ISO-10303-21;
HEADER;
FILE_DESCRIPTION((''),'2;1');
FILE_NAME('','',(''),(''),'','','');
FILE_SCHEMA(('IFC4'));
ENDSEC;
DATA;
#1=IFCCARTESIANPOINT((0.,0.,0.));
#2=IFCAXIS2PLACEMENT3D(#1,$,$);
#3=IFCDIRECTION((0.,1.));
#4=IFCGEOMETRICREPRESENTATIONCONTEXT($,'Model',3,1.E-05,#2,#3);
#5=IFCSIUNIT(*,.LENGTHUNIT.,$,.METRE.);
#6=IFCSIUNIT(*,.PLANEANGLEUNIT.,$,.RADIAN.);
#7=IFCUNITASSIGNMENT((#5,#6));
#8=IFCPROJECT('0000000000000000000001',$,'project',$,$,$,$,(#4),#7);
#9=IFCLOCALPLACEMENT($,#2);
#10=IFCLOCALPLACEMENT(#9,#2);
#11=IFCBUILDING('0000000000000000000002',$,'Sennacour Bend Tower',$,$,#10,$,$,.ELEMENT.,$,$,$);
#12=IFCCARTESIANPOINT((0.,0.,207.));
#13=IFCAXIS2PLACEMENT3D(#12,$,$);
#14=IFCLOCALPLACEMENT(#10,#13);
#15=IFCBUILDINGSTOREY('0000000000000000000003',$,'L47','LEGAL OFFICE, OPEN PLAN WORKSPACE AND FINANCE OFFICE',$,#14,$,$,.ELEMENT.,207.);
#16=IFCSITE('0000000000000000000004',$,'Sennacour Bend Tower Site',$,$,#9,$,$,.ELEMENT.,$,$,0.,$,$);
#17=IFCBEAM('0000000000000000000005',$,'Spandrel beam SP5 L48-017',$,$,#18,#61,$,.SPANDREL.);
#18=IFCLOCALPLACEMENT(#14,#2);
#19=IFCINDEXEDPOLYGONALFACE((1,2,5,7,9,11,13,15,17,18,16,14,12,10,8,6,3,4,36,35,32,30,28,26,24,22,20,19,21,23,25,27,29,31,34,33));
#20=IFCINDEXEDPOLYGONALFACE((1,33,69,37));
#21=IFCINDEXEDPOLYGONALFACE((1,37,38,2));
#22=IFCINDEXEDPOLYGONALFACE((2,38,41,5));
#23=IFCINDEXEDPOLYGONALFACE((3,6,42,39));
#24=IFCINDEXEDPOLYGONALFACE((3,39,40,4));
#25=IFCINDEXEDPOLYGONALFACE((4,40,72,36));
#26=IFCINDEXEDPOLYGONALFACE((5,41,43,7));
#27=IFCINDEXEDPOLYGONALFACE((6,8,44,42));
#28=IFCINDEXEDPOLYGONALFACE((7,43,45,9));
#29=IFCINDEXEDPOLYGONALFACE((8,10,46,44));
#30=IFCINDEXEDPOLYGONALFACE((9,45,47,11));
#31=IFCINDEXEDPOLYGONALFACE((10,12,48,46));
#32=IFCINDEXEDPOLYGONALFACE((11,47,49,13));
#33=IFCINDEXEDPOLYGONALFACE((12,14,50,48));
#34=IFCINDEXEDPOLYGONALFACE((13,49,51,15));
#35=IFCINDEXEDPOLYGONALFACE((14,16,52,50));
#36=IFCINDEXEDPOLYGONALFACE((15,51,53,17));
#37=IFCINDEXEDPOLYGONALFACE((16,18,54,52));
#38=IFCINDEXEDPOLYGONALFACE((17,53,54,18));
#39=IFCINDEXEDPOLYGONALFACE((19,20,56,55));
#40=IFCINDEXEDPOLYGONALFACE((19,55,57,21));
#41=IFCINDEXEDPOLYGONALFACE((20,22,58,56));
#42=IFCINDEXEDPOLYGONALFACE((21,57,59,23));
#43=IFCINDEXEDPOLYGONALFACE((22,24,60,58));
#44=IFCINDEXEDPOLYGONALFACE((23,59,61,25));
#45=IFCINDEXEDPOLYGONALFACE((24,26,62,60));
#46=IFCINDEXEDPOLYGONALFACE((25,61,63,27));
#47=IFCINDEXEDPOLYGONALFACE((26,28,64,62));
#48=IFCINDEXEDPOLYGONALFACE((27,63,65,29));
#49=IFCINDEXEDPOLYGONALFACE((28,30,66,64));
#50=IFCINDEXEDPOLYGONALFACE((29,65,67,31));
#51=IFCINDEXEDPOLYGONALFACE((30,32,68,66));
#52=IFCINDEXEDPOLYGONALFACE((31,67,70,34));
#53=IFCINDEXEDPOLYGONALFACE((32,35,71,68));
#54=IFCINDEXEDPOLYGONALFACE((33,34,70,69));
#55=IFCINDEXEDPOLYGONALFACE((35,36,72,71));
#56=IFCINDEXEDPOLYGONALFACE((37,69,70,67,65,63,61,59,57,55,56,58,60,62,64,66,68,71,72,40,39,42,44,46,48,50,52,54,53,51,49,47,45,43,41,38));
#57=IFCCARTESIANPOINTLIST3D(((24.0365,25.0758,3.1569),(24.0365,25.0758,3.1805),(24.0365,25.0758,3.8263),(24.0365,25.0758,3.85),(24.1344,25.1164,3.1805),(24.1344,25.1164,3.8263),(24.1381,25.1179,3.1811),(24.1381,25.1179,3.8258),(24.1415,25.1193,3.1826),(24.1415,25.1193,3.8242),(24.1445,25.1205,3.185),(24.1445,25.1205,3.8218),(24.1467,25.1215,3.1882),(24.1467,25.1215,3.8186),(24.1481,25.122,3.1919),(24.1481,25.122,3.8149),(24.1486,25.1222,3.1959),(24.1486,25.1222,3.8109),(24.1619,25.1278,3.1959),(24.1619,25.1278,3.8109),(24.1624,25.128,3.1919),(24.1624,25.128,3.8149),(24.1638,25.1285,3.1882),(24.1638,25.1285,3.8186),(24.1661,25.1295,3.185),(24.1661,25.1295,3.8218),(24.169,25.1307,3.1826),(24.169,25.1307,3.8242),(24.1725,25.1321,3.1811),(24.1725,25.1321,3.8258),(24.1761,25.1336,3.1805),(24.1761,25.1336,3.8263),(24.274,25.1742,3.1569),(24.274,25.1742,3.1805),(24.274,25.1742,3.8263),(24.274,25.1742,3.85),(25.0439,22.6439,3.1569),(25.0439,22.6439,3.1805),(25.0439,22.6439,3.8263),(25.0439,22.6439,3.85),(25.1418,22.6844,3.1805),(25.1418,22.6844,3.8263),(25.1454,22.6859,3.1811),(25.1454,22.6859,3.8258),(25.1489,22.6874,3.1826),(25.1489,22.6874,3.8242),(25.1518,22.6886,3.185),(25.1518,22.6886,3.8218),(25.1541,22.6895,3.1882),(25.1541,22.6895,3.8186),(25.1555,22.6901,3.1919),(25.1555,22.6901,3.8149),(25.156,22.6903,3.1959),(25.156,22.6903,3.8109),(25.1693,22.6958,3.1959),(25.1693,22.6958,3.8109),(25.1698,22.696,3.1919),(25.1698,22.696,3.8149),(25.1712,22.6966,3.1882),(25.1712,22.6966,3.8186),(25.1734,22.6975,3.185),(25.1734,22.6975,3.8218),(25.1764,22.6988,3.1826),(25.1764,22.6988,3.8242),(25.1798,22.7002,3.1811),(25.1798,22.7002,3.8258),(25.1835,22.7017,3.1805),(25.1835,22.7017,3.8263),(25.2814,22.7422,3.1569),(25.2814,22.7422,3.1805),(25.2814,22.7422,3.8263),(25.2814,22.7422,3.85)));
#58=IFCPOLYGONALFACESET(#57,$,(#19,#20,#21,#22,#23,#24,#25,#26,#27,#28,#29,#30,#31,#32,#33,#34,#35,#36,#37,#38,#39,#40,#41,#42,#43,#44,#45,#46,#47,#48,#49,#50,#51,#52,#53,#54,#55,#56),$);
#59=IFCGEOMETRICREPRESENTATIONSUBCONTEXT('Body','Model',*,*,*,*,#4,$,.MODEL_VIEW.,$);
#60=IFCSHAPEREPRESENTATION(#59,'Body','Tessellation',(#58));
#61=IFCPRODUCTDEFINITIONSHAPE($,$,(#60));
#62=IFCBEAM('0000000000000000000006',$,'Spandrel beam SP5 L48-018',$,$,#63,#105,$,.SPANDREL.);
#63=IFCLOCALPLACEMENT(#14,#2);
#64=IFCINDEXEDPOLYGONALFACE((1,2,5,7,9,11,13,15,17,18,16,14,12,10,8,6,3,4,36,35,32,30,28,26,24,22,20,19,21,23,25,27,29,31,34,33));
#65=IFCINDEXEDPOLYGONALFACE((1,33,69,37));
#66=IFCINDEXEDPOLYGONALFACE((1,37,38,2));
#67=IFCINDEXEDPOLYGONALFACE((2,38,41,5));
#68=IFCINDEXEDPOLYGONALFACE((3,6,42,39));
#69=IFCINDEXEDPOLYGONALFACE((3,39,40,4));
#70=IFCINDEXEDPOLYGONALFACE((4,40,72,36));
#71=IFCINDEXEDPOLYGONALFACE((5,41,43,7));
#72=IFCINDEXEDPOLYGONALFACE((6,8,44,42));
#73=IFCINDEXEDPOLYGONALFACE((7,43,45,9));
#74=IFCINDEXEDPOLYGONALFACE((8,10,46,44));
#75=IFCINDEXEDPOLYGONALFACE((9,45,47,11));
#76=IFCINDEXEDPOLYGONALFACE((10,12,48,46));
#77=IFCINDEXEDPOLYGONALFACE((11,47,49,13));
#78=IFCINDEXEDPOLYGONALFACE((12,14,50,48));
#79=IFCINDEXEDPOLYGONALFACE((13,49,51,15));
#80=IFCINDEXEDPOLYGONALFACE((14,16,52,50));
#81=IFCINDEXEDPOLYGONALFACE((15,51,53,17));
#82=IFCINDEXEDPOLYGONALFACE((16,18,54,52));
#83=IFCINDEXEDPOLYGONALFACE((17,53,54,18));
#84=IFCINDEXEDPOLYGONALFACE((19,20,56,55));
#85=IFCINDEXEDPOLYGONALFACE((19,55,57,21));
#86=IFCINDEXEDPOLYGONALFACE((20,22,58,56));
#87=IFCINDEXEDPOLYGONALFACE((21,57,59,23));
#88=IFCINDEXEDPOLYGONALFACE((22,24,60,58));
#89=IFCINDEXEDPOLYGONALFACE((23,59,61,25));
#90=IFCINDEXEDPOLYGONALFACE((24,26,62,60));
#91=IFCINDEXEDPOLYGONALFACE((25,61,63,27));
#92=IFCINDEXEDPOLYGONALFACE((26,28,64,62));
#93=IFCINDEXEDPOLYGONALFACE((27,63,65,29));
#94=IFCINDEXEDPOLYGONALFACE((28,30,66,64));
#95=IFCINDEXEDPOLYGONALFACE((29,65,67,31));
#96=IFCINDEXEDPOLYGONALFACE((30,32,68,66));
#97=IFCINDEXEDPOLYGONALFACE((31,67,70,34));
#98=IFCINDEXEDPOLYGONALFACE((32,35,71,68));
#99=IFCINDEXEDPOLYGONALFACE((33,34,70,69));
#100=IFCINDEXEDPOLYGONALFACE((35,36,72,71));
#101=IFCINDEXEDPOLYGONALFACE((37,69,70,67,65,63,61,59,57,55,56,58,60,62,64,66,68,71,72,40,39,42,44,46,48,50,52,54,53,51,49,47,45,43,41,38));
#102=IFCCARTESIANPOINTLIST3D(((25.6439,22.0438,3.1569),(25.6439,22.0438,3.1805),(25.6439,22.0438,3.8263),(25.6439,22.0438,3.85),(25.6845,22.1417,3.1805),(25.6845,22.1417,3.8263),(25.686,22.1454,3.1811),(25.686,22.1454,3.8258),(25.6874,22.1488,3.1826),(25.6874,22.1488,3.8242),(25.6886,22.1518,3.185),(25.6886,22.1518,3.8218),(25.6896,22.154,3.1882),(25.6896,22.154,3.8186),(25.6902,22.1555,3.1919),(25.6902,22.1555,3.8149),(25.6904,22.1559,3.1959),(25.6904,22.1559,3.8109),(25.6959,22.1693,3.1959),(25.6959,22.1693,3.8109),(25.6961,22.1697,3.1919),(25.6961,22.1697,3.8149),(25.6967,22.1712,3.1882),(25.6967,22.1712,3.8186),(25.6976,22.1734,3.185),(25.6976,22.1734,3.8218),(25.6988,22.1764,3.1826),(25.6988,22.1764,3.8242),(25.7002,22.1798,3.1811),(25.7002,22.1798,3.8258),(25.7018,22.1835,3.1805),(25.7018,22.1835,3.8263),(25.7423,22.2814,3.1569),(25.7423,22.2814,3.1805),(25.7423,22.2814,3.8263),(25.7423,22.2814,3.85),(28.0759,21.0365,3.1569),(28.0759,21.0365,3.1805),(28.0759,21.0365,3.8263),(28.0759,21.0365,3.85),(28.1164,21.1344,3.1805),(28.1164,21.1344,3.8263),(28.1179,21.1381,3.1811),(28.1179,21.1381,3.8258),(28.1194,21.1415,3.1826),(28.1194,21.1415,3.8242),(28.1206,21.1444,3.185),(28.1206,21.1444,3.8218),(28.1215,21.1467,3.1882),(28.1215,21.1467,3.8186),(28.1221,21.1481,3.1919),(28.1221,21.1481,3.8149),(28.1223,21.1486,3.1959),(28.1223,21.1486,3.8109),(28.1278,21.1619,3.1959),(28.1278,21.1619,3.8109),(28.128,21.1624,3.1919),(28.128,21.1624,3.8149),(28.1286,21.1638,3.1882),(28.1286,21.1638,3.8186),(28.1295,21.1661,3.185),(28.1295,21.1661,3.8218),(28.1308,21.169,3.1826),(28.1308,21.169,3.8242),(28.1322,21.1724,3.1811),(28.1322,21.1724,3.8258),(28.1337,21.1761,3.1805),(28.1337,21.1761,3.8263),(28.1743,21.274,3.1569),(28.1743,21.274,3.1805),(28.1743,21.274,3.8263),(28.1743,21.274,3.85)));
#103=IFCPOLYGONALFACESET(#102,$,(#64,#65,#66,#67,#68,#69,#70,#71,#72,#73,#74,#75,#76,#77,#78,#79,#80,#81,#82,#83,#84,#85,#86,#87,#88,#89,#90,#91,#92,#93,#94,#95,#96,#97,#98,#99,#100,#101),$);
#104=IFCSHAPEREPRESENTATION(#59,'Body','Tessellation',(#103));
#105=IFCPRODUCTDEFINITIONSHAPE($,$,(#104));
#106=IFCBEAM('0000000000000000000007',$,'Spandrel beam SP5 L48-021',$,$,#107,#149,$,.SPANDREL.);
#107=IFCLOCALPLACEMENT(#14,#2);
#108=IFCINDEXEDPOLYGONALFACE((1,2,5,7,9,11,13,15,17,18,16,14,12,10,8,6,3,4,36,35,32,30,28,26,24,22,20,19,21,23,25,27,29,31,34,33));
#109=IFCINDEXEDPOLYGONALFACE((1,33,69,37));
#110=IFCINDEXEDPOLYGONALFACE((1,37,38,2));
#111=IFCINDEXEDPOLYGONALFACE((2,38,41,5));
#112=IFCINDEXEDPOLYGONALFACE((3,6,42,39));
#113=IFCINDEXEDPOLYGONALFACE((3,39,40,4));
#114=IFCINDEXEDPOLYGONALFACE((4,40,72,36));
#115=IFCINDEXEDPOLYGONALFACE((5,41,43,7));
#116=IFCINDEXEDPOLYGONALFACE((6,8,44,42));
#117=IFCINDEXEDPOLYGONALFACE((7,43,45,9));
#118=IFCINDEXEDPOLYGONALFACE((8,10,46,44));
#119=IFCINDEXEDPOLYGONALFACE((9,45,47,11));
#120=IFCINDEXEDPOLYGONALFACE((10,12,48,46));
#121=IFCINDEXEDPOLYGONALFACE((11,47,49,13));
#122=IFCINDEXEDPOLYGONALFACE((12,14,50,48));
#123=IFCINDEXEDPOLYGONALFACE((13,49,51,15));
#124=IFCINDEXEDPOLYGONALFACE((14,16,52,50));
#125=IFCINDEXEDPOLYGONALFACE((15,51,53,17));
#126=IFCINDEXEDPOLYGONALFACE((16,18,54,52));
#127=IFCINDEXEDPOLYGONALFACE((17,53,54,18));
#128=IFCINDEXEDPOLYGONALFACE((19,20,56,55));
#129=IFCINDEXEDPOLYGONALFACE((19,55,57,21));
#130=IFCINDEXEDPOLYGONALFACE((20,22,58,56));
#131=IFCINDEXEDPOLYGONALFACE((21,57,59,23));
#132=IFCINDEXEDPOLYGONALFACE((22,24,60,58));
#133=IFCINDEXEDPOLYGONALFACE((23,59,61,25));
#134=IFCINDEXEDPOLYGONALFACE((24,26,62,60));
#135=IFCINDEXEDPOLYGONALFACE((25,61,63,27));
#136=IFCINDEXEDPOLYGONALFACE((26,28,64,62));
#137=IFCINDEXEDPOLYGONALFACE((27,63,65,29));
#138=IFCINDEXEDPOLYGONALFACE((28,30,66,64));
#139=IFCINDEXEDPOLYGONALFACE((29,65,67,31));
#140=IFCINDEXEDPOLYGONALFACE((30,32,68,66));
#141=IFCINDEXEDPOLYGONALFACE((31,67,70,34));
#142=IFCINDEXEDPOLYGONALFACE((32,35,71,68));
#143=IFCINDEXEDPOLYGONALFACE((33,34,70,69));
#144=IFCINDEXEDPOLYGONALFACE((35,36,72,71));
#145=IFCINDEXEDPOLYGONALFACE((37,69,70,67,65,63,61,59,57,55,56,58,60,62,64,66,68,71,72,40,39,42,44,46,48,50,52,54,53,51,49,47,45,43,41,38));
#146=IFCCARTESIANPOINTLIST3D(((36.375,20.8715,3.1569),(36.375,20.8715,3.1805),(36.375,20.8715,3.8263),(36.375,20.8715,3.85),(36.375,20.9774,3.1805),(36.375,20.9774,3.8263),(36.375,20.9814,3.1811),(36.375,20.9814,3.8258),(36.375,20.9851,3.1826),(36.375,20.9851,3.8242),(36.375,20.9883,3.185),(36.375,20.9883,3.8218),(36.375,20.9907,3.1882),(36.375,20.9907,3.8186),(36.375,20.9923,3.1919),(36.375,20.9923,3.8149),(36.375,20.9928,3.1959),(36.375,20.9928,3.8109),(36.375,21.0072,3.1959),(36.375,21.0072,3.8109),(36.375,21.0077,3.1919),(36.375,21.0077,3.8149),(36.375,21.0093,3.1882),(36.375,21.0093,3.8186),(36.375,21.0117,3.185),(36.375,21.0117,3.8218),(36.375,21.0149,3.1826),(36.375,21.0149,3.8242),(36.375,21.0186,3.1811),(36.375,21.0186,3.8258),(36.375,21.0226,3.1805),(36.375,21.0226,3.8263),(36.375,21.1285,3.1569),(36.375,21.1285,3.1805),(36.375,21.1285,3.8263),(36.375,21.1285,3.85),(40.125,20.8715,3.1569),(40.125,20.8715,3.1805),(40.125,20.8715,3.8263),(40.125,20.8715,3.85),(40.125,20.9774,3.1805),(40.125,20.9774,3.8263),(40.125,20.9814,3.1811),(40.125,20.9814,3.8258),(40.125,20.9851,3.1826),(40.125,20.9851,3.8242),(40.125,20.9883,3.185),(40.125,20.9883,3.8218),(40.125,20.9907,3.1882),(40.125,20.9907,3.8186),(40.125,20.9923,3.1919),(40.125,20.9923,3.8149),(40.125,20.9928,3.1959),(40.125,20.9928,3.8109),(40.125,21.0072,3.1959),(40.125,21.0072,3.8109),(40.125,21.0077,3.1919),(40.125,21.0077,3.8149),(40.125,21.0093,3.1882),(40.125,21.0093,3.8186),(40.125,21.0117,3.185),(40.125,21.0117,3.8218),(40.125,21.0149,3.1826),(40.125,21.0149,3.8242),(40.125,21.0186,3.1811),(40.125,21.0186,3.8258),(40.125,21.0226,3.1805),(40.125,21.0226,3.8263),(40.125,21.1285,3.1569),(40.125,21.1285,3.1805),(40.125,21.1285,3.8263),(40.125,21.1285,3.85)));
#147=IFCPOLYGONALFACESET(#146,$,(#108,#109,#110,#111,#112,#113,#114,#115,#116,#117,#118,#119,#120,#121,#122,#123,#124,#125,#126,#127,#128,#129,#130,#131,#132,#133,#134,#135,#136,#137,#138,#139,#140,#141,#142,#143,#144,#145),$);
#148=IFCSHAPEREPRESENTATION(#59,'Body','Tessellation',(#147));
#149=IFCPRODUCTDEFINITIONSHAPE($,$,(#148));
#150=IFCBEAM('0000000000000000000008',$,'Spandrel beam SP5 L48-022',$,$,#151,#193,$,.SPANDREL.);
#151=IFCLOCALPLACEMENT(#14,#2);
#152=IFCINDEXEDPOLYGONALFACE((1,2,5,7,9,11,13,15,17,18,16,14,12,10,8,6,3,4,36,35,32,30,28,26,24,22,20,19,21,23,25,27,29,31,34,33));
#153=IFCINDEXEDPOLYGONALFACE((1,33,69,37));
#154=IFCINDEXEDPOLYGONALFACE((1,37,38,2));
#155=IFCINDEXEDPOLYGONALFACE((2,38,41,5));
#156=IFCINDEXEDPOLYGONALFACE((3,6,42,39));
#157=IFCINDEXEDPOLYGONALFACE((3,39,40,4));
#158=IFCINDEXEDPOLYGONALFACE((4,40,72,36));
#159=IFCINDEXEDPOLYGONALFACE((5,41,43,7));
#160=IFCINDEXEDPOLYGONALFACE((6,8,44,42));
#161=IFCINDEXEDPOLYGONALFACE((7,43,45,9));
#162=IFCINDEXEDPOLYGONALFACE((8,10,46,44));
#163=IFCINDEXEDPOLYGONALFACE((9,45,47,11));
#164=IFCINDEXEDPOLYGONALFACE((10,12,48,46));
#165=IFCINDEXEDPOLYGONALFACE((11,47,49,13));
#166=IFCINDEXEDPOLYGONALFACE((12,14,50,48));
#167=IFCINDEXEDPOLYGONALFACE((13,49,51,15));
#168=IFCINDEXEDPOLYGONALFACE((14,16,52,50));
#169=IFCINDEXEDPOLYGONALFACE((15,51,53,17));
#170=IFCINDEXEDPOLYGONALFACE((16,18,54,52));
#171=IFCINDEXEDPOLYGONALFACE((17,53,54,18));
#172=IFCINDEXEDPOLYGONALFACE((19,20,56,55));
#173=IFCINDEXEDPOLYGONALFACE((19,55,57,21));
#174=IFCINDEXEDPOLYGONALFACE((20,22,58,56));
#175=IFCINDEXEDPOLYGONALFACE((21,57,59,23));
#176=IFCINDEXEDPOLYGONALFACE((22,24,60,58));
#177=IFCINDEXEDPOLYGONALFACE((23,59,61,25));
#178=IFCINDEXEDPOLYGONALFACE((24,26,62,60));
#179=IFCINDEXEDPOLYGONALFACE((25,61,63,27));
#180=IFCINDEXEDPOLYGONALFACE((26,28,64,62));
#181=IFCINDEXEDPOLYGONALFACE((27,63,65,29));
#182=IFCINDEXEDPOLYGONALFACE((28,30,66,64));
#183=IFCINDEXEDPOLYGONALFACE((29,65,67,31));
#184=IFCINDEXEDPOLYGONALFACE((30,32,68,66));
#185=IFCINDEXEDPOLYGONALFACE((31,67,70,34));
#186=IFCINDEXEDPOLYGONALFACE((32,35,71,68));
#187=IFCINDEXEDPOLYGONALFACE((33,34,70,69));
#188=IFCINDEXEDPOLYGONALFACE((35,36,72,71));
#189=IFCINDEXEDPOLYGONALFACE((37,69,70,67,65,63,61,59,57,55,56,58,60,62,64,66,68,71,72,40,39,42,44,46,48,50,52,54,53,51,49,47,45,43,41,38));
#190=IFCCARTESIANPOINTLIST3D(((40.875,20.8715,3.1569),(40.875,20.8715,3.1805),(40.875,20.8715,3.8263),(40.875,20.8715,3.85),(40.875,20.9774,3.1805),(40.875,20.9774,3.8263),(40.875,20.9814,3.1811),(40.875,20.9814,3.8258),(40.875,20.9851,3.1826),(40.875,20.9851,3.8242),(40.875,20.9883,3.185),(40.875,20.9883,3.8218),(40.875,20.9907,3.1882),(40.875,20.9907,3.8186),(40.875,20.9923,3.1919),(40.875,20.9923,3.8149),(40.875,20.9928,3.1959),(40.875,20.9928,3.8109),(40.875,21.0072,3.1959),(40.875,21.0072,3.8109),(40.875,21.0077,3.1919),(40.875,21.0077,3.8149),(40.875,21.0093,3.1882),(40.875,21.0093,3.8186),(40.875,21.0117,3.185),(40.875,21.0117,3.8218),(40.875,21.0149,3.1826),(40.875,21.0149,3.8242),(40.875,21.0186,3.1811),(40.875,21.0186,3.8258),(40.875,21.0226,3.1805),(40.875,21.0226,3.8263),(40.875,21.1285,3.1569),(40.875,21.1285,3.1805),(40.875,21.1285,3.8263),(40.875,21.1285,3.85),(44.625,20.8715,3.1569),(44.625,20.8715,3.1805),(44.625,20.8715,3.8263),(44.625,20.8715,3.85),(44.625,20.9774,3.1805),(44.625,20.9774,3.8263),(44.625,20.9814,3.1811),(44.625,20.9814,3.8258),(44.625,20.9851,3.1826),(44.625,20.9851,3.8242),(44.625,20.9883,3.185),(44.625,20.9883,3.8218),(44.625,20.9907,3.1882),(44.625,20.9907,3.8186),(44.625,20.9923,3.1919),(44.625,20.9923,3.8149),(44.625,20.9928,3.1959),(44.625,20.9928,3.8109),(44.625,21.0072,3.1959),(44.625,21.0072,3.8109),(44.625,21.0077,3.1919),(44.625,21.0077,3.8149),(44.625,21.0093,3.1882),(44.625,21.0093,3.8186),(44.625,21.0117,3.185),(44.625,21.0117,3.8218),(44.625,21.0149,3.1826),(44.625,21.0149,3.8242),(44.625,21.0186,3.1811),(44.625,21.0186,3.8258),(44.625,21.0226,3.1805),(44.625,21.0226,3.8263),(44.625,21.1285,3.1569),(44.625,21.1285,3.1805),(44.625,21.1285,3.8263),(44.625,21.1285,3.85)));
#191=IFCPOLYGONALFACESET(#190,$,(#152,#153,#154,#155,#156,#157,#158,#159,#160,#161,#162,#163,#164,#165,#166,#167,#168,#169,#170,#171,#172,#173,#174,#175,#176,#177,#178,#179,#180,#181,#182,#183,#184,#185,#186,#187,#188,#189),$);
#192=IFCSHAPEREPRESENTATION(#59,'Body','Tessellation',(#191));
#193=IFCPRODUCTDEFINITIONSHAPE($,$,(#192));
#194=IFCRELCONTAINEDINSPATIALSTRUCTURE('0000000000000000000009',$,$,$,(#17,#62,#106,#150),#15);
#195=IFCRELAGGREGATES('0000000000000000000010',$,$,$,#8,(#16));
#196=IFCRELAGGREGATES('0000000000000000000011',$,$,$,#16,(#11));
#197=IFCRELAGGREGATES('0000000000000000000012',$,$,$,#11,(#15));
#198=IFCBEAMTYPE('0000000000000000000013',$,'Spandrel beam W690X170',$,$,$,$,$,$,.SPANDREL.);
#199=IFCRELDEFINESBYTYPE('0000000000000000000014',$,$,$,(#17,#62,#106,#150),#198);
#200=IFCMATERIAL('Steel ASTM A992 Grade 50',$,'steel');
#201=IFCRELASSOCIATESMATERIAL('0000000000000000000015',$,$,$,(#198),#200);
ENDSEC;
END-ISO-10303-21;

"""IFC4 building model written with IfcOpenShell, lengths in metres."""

from ifc_helpers import new_model, si_unit, direction, frame, origin, origin_2d, place, context, subcontext, project, spatial, i_section, extrude, material, material_profile, profile_set, type_object, element, save


model = new_model("IFC4")

# Units and contexts
model_context = context("Model", 3, precision=1e-05, world=origin(), true_north=direction((0.0, 1.0)))
body_context = subcontext(model_context, "Body", "Model", "MODEL_VIEW")
ifc_project = project(units=[si_unit("LENGTHUNIT", "METRE"), si_unit("PLANEANGLEUNIT", "RADIAN")], contexts=[model_context])

# Site, building, storey
site_placement = place(None, origin())
site = spatial("IfcSite", under=ifc_project, at=site_placement, Name="Sennacour Bend Tower Site", CompositionType="ELEMENT", RefElevation=0.0)
building_placement = place(site_placement, origin())
building = spatial("IfcBuilding", under=site, at=building_placement, Name="Sennacour Bend Tower", CompositionType="ELEMENT")
storey_placement = place(building_placement, frame((0.0, 0.0, 207.0)))
storey = spatial("IfcBuildingStorey", under=building, at=storey_placement, Name="L47", Description="LEGAL OFFICE, OPEN PLAN WORKSPACE AND FINANCE OFFICE", CompositionType="ELEMENT", Elevation=207.0)

# Beams
ifc_material_1 = material(Name="Steel ASTM A992 Grade 50", Category="steel")
ifc_material_profile_1 = material_profile(ifc_material_1, i_section(OverallWidth=0.2571, OverallDepth=0.6931, WebThickness=0.0144, FlangeThickness=0.0237, FilletRadius=0.0154, at=origin_2d()), Name="Steel ASTM A992 Grade 50", Category="steel")
ifc_profile_set_1 = profile_set([ifc_material_profile_1], Name="Steel ASTM A992 Grade 50")
beam_type = type_object("IfcBeamType", Name="Spandrel beam W690X170", PredefinedType="SPANDREL", material=ifc_profile_set_1)
for number, where, z_axis, x_axis, name in (
    (1, (24.1553, 25.125, 3.5034), (0.382685, -0.923879, 0.0), (0.923879, 0.382685, 0.0), "Spandrel beam SP5 L48-017"),
    (2, (25.6931, 22.1626, 3.5034), (0.923879, -0.382685, 0.0), (0.382685, 0.923879, 0.0), "Spandrel beam SP5 L48-018"),
):
    element("IfcBeam", number, at=place(storey_placement, frame(where, z_axis=z_axis, x_axis=x_axis)), inside=storey, type_object=beam_type, Name=name, PredefinedType="SPANDREL", context=body_context, shape_type="SweptSolid", body=[
        extrude(i_section(OverallWidth=0.2571, OverallDepth=0.6931, WebThickness=0.0144, FlangeThickness=0.0237, FilletRadius=0.0154, at=origin_2d()), origin(), (0.0, 0.0, 1.0), 2.6323),
    ])
for number, where, z_axis, x_axis, name in (
    (3, (36.375, 21.0, 3.5034), (1.0, 0.0, 0.0), (0.0, 1.0, 0.0), "Spandrel beam SP5 L48-021"),
    (4, (40.875, 21.0, 3.5034), (1.0, 0.0, 0.0), (0.0, 1.0, 0.0), "Spandrel beam SP5 L48-022"),
):
    element("IfcBeam", number, at=place(storey_placement, frame(where, z_axis=z_axis, x_axis=x_axis)), inside=storey, type_object=beam_type, Name=name, PredefinedType="SPANDREL", context=body_context, shape_type="SweptSolid", body=[
        extrude(i_section(OverallWidth=0.2571, OverallDepth=0.6931, WebThickness=0.0144, FlangeThickness=0.0237, FilletRadius=0.0154, at=origin_2d()), origin(), (0.0, 0.0, 1.0), 3.75),
    ])

save(model, "model.ifc")
